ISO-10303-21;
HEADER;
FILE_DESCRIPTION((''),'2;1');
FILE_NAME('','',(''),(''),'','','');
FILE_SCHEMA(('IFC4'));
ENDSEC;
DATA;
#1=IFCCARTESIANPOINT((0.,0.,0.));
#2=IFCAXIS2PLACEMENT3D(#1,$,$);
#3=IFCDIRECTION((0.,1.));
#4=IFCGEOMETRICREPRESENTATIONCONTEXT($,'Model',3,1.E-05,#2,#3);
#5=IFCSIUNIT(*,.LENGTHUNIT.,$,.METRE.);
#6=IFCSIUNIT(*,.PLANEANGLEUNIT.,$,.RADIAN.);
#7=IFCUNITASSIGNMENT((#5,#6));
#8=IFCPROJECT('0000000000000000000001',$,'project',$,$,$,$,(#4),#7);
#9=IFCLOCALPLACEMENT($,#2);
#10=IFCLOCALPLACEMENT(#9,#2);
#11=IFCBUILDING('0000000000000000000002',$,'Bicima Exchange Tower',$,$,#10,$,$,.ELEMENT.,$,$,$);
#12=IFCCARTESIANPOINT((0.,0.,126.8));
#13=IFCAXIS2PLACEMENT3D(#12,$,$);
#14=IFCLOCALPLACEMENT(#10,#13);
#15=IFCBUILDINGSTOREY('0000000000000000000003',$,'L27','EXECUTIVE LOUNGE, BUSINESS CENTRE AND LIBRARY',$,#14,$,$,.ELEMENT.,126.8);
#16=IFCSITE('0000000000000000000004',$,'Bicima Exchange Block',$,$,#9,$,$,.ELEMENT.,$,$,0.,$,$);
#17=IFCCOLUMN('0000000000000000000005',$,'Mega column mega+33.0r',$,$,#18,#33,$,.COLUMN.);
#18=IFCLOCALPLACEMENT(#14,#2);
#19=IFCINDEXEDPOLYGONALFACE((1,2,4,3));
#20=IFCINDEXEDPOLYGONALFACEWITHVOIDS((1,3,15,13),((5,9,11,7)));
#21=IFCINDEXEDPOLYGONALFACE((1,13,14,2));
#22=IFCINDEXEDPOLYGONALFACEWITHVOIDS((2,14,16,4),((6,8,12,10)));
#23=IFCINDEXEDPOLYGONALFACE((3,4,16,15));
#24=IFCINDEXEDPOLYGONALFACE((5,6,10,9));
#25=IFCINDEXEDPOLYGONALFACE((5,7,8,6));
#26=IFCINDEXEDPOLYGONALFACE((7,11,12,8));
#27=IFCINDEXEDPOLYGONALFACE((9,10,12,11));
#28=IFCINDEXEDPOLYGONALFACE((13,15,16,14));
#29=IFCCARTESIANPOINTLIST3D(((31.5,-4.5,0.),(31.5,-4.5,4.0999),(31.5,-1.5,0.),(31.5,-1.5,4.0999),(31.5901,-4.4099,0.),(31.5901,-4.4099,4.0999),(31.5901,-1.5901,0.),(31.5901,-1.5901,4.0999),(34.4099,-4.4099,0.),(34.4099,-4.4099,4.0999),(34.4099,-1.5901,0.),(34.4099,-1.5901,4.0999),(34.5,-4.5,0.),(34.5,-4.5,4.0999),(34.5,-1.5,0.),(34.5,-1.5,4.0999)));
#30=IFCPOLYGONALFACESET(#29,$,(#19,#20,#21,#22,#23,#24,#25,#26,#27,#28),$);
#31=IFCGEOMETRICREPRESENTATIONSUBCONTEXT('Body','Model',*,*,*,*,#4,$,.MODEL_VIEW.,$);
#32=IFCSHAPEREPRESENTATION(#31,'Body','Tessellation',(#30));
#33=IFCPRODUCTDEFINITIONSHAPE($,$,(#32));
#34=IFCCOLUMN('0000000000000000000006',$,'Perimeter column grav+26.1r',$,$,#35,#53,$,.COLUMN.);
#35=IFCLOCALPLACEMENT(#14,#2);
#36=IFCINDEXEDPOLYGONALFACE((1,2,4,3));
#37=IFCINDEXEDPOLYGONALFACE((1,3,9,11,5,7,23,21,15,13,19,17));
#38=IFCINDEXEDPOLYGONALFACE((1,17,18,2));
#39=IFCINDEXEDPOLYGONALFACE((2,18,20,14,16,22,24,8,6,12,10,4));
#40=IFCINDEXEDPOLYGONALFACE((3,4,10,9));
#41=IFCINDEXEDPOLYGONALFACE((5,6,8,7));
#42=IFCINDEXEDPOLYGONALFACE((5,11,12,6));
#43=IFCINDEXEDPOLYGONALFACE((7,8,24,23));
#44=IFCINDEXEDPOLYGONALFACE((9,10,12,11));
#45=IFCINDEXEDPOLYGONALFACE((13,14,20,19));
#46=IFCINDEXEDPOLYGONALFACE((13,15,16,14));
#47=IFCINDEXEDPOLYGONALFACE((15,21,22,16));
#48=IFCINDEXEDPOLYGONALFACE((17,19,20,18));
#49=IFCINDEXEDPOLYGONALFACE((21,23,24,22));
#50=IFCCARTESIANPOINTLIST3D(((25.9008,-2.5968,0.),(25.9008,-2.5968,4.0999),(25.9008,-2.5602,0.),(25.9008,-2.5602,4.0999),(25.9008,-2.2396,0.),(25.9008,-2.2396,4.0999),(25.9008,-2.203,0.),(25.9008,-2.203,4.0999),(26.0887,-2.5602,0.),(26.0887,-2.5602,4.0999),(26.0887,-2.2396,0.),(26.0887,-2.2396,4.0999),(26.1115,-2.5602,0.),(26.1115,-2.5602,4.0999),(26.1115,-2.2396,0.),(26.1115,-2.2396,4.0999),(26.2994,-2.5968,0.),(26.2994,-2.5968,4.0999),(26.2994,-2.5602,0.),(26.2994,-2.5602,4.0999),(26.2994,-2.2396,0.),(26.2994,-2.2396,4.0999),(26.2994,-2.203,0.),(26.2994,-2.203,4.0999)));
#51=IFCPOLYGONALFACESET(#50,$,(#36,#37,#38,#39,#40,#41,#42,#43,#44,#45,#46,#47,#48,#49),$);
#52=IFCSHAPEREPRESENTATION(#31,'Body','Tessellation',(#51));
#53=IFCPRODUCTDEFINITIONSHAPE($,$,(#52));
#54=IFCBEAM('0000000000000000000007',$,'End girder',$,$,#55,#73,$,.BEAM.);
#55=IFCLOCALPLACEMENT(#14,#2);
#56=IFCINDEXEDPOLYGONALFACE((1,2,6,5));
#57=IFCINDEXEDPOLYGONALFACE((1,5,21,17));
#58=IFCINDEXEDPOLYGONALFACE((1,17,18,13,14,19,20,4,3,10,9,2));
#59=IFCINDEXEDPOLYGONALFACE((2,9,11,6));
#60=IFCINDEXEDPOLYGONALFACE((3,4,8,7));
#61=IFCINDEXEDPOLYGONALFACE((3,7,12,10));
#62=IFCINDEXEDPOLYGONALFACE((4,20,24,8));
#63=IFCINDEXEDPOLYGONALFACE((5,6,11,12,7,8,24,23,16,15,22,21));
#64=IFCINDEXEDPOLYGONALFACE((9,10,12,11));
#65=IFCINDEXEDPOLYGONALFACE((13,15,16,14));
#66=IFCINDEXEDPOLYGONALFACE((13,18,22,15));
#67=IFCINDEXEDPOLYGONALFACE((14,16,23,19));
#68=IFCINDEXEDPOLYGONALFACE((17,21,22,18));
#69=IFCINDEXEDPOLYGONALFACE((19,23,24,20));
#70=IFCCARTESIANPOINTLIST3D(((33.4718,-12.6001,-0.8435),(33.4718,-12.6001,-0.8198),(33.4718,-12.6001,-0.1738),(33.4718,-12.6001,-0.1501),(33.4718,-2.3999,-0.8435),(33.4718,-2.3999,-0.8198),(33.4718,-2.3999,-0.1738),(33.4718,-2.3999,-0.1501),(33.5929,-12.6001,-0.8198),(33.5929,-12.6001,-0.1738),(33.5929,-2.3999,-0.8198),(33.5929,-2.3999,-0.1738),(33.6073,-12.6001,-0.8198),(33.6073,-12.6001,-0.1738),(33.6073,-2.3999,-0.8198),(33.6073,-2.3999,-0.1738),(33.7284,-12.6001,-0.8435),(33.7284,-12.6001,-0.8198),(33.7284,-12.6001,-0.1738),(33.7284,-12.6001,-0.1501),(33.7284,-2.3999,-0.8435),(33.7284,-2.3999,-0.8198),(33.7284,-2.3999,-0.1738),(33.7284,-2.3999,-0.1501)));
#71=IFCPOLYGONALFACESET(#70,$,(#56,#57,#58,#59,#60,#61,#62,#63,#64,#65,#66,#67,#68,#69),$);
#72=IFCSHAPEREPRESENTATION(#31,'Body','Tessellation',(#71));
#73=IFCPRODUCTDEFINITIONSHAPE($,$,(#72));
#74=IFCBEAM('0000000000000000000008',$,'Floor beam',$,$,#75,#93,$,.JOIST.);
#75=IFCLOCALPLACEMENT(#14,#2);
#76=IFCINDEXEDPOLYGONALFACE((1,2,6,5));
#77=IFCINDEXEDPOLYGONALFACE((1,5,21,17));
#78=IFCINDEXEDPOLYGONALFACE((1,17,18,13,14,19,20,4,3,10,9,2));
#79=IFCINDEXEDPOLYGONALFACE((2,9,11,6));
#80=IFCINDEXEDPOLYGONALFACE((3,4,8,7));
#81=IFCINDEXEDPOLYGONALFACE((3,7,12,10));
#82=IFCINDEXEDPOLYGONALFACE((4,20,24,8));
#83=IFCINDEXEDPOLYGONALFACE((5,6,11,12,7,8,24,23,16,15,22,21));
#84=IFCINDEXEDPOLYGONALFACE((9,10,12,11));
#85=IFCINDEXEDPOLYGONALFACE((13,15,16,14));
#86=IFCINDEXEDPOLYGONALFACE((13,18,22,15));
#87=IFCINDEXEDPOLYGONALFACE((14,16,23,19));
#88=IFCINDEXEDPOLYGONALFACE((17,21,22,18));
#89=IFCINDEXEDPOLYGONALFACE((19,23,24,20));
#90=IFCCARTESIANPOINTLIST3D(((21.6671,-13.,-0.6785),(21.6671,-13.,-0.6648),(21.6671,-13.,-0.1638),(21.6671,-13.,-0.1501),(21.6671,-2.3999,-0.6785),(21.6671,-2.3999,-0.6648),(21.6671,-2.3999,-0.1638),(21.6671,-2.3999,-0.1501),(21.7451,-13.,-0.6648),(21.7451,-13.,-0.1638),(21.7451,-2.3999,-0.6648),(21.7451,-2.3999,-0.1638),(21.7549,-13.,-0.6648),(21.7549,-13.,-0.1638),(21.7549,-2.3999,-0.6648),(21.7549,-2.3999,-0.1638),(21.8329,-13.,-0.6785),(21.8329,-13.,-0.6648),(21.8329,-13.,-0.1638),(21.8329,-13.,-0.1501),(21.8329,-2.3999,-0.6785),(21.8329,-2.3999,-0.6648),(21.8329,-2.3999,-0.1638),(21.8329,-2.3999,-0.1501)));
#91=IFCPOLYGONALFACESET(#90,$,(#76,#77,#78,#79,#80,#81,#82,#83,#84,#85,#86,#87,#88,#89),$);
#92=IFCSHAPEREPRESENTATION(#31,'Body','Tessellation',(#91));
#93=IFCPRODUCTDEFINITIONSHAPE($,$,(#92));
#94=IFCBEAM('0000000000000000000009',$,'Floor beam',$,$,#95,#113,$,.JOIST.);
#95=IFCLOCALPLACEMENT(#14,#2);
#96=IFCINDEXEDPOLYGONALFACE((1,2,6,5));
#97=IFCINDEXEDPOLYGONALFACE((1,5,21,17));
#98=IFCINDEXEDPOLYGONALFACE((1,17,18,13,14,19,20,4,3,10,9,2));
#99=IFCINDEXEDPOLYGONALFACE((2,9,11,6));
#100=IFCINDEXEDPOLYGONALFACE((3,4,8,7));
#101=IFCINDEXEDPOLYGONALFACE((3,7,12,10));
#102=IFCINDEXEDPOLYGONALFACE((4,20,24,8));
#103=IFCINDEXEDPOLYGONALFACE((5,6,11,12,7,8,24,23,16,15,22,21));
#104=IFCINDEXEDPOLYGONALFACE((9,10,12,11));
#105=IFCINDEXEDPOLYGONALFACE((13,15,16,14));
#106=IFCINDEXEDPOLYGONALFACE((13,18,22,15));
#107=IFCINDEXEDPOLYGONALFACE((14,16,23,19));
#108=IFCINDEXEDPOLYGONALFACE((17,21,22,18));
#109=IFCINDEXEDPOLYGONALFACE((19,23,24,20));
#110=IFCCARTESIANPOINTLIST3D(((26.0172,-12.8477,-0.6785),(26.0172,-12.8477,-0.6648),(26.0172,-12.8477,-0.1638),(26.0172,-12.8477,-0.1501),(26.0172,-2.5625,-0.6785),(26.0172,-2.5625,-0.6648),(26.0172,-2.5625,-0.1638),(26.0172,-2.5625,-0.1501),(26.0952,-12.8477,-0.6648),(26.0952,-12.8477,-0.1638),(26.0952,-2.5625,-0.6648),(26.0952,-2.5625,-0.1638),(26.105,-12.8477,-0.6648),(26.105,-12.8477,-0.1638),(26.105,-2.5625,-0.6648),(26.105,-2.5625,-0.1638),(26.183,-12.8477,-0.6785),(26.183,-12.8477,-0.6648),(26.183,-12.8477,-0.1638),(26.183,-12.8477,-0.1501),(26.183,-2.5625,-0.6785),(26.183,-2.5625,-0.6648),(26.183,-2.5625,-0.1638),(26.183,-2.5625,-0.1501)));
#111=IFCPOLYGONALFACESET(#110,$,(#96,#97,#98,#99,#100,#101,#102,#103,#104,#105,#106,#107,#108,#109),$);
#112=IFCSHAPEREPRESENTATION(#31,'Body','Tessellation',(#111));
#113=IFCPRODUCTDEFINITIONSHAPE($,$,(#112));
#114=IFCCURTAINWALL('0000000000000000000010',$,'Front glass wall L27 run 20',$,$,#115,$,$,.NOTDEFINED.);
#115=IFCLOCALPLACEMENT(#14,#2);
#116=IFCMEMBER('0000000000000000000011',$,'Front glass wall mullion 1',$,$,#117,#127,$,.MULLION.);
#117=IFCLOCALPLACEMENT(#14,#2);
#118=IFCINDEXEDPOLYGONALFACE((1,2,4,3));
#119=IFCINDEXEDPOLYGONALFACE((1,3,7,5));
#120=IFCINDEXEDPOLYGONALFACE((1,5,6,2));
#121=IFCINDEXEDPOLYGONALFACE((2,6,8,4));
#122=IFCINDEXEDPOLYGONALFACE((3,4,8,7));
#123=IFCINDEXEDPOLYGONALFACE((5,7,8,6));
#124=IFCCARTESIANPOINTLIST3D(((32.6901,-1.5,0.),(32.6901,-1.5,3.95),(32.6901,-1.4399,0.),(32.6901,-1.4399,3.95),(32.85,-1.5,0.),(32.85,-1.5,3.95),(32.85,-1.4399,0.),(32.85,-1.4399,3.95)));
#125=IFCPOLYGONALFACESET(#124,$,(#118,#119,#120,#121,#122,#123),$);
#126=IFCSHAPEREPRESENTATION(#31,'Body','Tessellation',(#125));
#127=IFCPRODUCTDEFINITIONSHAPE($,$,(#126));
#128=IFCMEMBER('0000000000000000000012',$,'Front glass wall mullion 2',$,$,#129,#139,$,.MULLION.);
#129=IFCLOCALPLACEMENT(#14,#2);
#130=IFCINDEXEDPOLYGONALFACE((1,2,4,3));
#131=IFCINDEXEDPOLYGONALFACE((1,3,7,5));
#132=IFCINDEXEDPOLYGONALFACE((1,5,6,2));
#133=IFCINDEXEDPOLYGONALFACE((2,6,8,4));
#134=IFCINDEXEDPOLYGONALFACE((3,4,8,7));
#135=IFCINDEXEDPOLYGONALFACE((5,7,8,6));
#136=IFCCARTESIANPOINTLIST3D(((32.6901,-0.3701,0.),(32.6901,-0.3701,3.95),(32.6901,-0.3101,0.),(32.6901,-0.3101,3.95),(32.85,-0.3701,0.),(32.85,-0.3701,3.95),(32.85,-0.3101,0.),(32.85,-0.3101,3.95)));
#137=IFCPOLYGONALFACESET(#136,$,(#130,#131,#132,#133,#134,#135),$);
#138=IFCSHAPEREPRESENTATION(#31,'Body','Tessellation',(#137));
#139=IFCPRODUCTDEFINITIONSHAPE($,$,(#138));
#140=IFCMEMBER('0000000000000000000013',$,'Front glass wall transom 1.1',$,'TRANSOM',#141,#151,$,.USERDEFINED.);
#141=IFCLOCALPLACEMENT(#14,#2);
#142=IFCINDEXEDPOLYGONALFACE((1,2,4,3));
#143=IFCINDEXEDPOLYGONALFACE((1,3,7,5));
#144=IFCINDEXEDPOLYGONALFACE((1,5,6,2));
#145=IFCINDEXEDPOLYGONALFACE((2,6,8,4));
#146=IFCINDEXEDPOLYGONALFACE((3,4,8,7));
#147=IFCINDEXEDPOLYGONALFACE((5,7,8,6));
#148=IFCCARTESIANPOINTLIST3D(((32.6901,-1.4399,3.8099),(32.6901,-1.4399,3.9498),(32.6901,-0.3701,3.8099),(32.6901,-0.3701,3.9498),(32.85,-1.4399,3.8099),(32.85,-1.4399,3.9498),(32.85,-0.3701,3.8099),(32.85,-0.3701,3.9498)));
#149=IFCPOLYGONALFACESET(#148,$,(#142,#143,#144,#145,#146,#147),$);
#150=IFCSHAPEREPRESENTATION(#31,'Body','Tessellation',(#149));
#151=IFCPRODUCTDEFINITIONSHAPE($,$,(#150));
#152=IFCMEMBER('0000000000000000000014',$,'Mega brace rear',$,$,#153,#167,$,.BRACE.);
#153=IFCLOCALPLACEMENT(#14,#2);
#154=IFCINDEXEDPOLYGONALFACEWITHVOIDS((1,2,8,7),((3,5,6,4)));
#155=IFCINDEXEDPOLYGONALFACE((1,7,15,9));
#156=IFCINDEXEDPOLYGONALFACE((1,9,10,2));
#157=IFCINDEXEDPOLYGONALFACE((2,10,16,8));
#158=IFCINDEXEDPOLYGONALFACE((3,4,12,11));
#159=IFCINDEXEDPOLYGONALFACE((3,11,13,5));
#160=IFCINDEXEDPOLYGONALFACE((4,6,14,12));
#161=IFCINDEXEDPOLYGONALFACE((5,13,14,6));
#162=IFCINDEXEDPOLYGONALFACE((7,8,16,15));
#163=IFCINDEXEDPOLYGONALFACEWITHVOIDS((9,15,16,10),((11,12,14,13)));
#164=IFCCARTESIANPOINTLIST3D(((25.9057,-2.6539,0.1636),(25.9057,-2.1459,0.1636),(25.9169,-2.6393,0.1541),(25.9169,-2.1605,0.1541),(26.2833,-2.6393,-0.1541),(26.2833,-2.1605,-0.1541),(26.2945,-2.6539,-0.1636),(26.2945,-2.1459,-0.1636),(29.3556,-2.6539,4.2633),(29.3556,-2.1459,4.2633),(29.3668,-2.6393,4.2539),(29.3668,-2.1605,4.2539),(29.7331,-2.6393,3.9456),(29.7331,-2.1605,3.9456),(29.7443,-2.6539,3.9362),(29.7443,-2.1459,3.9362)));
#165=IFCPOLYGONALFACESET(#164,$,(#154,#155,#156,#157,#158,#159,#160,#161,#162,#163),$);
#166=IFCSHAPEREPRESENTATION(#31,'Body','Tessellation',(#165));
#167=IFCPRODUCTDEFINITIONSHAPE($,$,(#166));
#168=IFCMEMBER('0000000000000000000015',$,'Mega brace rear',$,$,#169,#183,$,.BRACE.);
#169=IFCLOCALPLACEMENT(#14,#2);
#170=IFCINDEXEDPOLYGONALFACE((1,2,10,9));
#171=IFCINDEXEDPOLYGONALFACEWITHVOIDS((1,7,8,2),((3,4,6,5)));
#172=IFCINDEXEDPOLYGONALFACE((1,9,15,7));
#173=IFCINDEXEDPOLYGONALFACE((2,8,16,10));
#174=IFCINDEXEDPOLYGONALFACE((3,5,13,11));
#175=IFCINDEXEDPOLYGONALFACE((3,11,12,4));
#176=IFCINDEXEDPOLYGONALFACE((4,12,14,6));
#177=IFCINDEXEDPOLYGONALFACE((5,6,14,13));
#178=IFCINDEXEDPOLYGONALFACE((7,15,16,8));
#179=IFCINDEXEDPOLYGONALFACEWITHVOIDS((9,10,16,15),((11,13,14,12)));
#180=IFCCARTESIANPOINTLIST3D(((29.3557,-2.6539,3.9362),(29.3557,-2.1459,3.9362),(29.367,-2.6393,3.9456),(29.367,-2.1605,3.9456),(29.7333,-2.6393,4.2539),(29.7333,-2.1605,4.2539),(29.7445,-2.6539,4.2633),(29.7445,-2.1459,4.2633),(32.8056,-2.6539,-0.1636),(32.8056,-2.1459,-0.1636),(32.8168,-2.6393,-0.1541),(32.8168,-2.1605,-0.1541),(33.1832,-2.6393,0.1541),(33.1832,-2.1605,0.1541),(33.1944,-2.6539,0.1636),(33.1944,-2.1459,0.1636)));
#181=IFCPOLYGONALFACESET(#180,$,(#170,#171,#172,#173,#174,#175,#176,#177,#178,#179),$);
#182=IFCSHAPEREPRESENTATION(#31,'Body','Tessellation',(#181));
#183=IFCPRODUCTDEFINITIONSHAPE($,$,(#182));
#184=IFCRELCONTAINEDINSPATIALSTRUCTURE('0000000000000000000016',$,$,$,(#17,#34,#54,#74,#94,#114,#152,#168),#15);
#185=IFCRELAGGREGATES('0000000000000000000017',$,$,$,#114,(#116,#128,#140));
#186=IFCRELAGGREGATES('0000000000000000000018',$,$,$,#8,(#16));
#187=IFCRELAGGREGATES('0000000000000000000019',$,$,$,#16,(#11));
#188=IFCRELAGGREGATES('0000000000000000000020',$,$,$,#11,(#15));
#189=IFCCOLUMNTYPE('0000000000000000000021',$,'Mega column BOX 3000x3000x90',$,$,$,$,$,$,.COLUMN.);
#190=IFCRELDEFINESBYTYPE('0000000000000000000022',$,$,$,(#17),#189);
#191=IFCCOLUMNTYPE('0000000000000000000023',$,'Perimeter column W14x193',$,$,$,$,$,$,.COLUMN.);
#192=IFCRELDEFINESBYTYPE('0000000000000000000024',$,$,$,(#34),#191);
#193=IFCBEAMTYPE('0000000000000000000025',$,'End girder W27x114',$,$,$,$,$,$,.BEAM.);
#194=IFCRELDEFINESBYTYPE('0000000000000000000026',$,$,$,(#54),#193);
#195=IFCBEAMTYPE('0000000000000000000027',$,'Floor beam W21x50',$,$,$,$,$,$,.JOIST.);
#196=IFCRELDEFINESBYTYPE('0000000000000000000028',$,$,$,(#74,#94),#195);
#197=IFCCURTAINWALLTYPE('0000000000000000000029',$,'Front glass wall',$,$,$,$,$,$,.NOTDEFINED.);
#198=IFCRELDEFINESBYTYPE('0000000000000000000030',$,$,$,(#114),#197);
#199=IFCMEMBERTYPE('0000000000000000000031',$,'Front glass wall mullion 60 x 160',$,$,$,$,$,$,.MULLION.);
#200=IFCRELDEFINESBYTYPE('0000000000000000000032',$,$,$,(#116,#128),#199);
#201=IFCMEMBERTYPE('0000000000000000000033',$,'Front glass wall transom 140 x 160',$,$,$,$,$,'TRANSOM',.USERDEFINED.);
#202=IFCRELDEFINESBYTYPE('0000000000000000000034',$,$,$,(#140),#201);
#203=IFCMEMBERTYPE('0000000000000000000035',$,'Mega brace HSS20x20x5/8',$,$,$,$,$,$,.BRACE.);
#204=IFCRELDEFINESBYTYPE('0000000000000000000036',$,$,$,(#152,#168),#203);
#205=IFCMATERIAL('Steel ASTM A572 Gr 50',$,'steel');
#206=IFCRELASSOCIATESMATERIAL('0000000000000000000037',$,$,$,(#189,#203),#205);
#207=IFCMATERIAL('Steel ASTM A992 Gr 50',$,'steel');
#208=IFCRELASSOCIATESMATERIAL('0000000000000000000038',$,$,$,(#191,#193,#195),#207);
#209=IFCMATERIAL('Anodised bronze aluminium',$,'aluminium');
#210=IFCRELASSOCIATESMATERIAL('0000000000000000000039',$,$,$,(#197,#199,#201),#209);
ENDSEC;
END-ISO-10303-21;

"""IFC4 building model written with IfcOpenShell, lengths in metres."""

from ifc_helpers import new_model, si_unit, direction, frame, origin, origin_2d, place, context, subcontext, project, spatial, rectangle, hollow_rectangle, i_section, extrude, material, material_profile, profile_set, type_object, element, aggregate, save


model = new_model("IFC4")

# Units and contexts
model_context = context("Model", 3, precision=1e-05, world=origin(), true_north=direction((0.0, 1.0)))
body_context = subcontext(model_context, "Body", "Model", "MODEL_VIEW")
ifc_project = project(units=[si_unit("LENGTHUNIT", "METRE"), si_unit("PLANEANGLEUNIT", "RADIAN")], contexts=[model_context])

# Site, building, storey
site_placement = place(None, origin())
site = spatial("IfcSite", under=ifc_project, at=site_placement, Name="Bicima Exchange Block", CompositionType="ELEMENT", RefElevation=0.0)
building_placement = place(site_placement, origin())
building = spatial("IfcBuilding", under=site, at=building_placement, Name="Bicima Exchange Tower", CompositionType="ELEMENT")
storey_placement = place(building_placement, frame((0.0, 0.0, 126.8)))
storey = spatial("IfcBuildingStorey", under=building, at=storey_placement, Name="L27", Description="EXECUTIVE LOUNGE, BUSINESS CENTRE AND LIBRARY", CompositionType="ELEMENT", Elevation=126.8)

# Columns
ifc_material_1 = material(Name="Steel ASTM A572 Gr 50", Category="steel")
ifc_material_profile_1 = material_profile(ifc_material_1, hollow_rectangle(XDim=3.0, YDim=3.0, WallThickness=0.0901, at=origin_2d()))
ifc_profile_set_1 = profile_set([ifc_material_profile_1], Name="Steel ASTM A572 Gr 50")
column_type_1 = type_object("IfcColumnType", Name="Mega column BOX 3000x3000x90", PredefinedType="COLUMN", material=ifc_profile_set_1)
column_1_placement = place(storey_placement, frame((33.0, -3.0, 0.0), z_axis=(0.0, 0.0, 1.0), x_axis=(1.0, 0.0, 0.0)))
element("IfcColumn", 1, at=column_1_placement, inside=storey, type_object=column_type_1, Name="Mega column mega+33.0r", PredefinedType="COLUMN", context=body_context, shape_type="SweptSolid", body=[
    extrude(hollow_rectangle(XDim=3.0, YDim=3.0, WallThickness=0.0901, at=origin_2d()), origin(), (0.0, 0.0, 1.0), 4.0999),
])
ifc_material_2 = material(Name="Steel ASTM A992 Gr 50", Category="steel")
ifc_material_profile_2 = material_profile(ifc_material_2, i_section(OverallWidth=0.3987, OverallDepth=0.3938, WebThickness=0.0227, FlangeThickness=0.0366, at=origin_2d()))
ifc_profile_set_2 = profile_set([ifc_material_profile_2], Name="Steel ASTM A992 Gr 50")
column_type_2 = type_object("IfcColumnType", Name="Perimeter column W14x193", PredefinedType="COLUMN", material=ifc_profile_set_2)
column_2_placement = place(storey_placement, frame((26.1001, -2.3999, 0.0), z_axis=(0.0, 0.0, 1.0), x_axis=(1.0, 0.0, 0.0)))
element("IfcColumn", 2, at=column_2_placement, inside=storey, type_object=column_type_2, Name="Perimeter column grav+26.1r", PredefinedType="COLUMN", context=body_context, shape_type="SweptSolid", body=[
    extrude(i_section(OverallWidth=0.3987, OverallDepth=0.3938, WebThickness=0.0227, FlangeThickness=0.0366, at=origin_2d()), origin(), (0.0, 0.0, 1.0), 4.0999),
])

# Beams
ifc_material_profile_3 = material_profile(ifc_material_2, i_section(OverallWidth=0.2566, OverallDepth=0.6934, WebThickness=0.0144, FlangeThickness=0.0237, at=origin_2d()))
ifc_profile_set_3 = profile_set([ifc_material_profile_3], Name="Steel ASTM A992 Gr 50")
beam_type_1 = type_object("IfcBeamType", Name="End girder W27x114", PredefinedType="BEAM", material=ifc_profile_set_3)
beam_1_placement = place(storey_placement, frame((33.6001, -2.3999, -0.4968), z_axis=(0.0, -1.0, 0.0), x_axis=(1.0, 0.0, 0.0)))
element("IfcBeam", 3, at=beam_1_placement, inside=storey, type_object=beam_type_1, Name="End girder", PredefinedType="BEAM", context=body_context, shape_type="SweptSolid", body=[
    extrude(i_section(OverallWidth=0.2566, OverallDepth=0.6934, WebThickness=0.0144, FlangeThickness=0.0237, at=origin_2d()), origin(), (0.0, 0.0, 1.0), 10.2002),
])
ifc_material_profile_4 = material_profile(ifc_material_2, i_section(OverallWidth=0.1658, OverallDepth=0.5283, WebThickness=0.0098, FlangeThickness=0.0137, at=origin_2d()))
ifc_profile_set_4 = profile_set([ifc_material_profile_4], Name="Steel ASTM A992 Gr 50")
beam_type_2 = type_object("IfcBeamType", Name="Floor beam W21x50", PredefinedType="JOIST", material=ifc_profile_set_4)
beam_2_placement = place(storey_placement, frame((21.75, -2.3999, -0.4143), z_axis=(0.0, -1.0, 0.0), x_axis=(1.0, 0.0, 0.0)))
element("IfcBeam", 4, at=beam_2_placement, inside=storey, type_object=beam_type_2, Name="Floor beam", PredefinedType="JOIST", context=body_context, shape_type="SweptSolid", body=[
    extrude(i_section(OverallWidth=0.1658, OverallDepth=0.5283, WebThickness=0.0098, FlangeThickness=0.0137, at=origin_2d()), origin(), (0.0, 0.0, 1.0), 10.6001),
])
beam_3_placement = place(storey_placement, frame((26.1001, -2.5625, -0.4143), z_axis=(0.0, -1.0, 0.0), x_axis=(1.0, 0.0, 0.0)))
element("IfcBeam", 5, at=beam_3_placement, inside=storey, type_object=beam_type_2, Name="Floor beam", PredefinedType="JOIST", context=body_context, shape_type="SweptSolid", body=[
    extrude(i_section(OverallWidth=0.1658, OverallDepth=0.5283, WebThickness=0.0098, FlangeThickness=0.0137, at=origin_2d()), origin(), (0.0, 0.0, 1.0), 10.2852),
])

# Curtain wall, members
ifc_material_3 = material(Name="Anodised bronze aluminium", Category="aluminium")
curtain_wall_type = type_object("IfcCurtainWallType", Name="Front glass wall", PredefinedType="NOTDEFINED", material=ifc_material_3)
curtain_wall_placement = place(storey_placement, origin())
curtain_wall = element("IfcCurtainWall", 6, at=curtain_wall_placement, inside=storey, type_object=curtain_wall_type, Name="Front glass wall L27 run 20", PredefinedType="NOTDEFINED")
ifc_material_profile_5 = material_profile(ifc_material_3, rectangle(XDim=0.1599, YDim=0.0601, at=origin_2d()))
ifc_profile_set_5 = profile_set([ifc_material_profile_5], Name="Anodised bronze aluminium")
member_type_1 = type_object("IfcMemberType", Name="Front glass wall mullion 60 x 160", PredefinedType="MULLION", material=ifc_profile_set_5)
member_1_placement = place(storey_placement, frame((32.77, -1.47, 0.0), z_axis=(0.0, 0.0, 1.0), x_axis=(-1.0, 0.0, 0.0)))
member_1 = element("IfcMember", 7, at=member_1_placement, type_object=member_type_1, Name="Front glass wall mullion 1", PredefinedType="MULLION", context=body_context, shape_type="SweptSolid", body=[
    extrude(rectangle(XDim=0.1599, YDim=0.0601, at=origin_2d()), origin(), (0.0, 0.0, 1.0), 3.95),
])
member_2_placement = place(storey_placement, frame((32.77, -0.3401, 0.0), z_axis=(0.0, 0.0, 1.0), x_axis=(-1.0, 0.0, 0.0)))
member_2 = element("IfcMember", 8, at=member_2_placement, type_object=member_type_1, Name="Front glass wall mullion 2", PredefinedType="MULLION", context=body_context, shape_type="SweptSolid", body=[
    extrude(rectangle(XDim=0.1599, YDim=0.0601, at=origin_2d()), origin(), (0.0, 0.0, 1.0), 3.95),
])
ifc_material_profile_6 = material_profile(ifc_material_3, rectangle(XDim=0.1599, YDim=0.1399, at=origin_2d()))
ifc_profile_set_6 = profile_set([ifc_material_profile_6], Name="Anodised bronze aluminium")
member_type_2 = type_object("IfcMemberType", Name="Front glass wall transom 140 x 160", ElementType="TRANSOM", PredefinedType="USERDEFINED", material=ifc_profile_set_6)
member_3_placement = place(storey_placement, frame((32.77, -1.4399, 3.8799), z_axis=(0.0, 1.0, 0.0), x_axis=(-1.0, 0.0, 0.0)))
member_3 = element("IfcMember", 9, at=member_3_placement, type_object=member_type_2, Name="Front glass wall transom 1.1", ObjectType="TRANSOM", PredefinedType="USERDEFINED", context=body_context, shape_type="SweptSolid", body=[
    extrude(rectangle(XDim=0.1599, YDim=0.1399, at=origin_2d()), origin(), (0.0, 0.0, 1.0), 1.0698),
])

# Members
ifc_material_profile_7 = material_profile(ifc_material_1, hollow_rectangle(XDim=0.5081, YDim=0.5081, WallThickness=0.0146, at=origin_2d()))
ifc_profile_set_7 = profile_set([ifc_material_profile_7], Name="Steel ASTM A572 Gr 50")
member_type_3 = type_object("IfcMemberType", Name="Mega brace HSS20x20x5/8", PredefinedType="BRACE", material=ifc_profile_set_7)
for number, where, z_axis, x_axis, name in (
    (10, (26.1001, -2.3999, 0.0), (0.643856, 0.0, 0.765146), (0.0, 1.0, 0.0), "Mega brace rear"),
    (11, (33.0, -2.3999, 0.0), (-0.643856, 0.0, 0.765146), (0.0, -1.0, 0.0), "Mega brace rear"),
):
    element("IfcMember", number, at=place(storey_placement, frame(where, z_axis=z_axis, x_axis=x_axis)), inside=storey, type_object=member_type_3, Name=name, PredefinedType="BRACE", context=body_context, shape_type="SweptSolid", body=[
        extrude(hollow_rectangle(XDim=0.5081, YDim=0.5081, WallThickness=0.0146, at=origin_2d()), origin(), (0.0, 0.0, 1.0), 5.3582),
    ])

aggregate(curtain_wall, [member_1, member_2, member_3])

save(model, "model.ifc")
